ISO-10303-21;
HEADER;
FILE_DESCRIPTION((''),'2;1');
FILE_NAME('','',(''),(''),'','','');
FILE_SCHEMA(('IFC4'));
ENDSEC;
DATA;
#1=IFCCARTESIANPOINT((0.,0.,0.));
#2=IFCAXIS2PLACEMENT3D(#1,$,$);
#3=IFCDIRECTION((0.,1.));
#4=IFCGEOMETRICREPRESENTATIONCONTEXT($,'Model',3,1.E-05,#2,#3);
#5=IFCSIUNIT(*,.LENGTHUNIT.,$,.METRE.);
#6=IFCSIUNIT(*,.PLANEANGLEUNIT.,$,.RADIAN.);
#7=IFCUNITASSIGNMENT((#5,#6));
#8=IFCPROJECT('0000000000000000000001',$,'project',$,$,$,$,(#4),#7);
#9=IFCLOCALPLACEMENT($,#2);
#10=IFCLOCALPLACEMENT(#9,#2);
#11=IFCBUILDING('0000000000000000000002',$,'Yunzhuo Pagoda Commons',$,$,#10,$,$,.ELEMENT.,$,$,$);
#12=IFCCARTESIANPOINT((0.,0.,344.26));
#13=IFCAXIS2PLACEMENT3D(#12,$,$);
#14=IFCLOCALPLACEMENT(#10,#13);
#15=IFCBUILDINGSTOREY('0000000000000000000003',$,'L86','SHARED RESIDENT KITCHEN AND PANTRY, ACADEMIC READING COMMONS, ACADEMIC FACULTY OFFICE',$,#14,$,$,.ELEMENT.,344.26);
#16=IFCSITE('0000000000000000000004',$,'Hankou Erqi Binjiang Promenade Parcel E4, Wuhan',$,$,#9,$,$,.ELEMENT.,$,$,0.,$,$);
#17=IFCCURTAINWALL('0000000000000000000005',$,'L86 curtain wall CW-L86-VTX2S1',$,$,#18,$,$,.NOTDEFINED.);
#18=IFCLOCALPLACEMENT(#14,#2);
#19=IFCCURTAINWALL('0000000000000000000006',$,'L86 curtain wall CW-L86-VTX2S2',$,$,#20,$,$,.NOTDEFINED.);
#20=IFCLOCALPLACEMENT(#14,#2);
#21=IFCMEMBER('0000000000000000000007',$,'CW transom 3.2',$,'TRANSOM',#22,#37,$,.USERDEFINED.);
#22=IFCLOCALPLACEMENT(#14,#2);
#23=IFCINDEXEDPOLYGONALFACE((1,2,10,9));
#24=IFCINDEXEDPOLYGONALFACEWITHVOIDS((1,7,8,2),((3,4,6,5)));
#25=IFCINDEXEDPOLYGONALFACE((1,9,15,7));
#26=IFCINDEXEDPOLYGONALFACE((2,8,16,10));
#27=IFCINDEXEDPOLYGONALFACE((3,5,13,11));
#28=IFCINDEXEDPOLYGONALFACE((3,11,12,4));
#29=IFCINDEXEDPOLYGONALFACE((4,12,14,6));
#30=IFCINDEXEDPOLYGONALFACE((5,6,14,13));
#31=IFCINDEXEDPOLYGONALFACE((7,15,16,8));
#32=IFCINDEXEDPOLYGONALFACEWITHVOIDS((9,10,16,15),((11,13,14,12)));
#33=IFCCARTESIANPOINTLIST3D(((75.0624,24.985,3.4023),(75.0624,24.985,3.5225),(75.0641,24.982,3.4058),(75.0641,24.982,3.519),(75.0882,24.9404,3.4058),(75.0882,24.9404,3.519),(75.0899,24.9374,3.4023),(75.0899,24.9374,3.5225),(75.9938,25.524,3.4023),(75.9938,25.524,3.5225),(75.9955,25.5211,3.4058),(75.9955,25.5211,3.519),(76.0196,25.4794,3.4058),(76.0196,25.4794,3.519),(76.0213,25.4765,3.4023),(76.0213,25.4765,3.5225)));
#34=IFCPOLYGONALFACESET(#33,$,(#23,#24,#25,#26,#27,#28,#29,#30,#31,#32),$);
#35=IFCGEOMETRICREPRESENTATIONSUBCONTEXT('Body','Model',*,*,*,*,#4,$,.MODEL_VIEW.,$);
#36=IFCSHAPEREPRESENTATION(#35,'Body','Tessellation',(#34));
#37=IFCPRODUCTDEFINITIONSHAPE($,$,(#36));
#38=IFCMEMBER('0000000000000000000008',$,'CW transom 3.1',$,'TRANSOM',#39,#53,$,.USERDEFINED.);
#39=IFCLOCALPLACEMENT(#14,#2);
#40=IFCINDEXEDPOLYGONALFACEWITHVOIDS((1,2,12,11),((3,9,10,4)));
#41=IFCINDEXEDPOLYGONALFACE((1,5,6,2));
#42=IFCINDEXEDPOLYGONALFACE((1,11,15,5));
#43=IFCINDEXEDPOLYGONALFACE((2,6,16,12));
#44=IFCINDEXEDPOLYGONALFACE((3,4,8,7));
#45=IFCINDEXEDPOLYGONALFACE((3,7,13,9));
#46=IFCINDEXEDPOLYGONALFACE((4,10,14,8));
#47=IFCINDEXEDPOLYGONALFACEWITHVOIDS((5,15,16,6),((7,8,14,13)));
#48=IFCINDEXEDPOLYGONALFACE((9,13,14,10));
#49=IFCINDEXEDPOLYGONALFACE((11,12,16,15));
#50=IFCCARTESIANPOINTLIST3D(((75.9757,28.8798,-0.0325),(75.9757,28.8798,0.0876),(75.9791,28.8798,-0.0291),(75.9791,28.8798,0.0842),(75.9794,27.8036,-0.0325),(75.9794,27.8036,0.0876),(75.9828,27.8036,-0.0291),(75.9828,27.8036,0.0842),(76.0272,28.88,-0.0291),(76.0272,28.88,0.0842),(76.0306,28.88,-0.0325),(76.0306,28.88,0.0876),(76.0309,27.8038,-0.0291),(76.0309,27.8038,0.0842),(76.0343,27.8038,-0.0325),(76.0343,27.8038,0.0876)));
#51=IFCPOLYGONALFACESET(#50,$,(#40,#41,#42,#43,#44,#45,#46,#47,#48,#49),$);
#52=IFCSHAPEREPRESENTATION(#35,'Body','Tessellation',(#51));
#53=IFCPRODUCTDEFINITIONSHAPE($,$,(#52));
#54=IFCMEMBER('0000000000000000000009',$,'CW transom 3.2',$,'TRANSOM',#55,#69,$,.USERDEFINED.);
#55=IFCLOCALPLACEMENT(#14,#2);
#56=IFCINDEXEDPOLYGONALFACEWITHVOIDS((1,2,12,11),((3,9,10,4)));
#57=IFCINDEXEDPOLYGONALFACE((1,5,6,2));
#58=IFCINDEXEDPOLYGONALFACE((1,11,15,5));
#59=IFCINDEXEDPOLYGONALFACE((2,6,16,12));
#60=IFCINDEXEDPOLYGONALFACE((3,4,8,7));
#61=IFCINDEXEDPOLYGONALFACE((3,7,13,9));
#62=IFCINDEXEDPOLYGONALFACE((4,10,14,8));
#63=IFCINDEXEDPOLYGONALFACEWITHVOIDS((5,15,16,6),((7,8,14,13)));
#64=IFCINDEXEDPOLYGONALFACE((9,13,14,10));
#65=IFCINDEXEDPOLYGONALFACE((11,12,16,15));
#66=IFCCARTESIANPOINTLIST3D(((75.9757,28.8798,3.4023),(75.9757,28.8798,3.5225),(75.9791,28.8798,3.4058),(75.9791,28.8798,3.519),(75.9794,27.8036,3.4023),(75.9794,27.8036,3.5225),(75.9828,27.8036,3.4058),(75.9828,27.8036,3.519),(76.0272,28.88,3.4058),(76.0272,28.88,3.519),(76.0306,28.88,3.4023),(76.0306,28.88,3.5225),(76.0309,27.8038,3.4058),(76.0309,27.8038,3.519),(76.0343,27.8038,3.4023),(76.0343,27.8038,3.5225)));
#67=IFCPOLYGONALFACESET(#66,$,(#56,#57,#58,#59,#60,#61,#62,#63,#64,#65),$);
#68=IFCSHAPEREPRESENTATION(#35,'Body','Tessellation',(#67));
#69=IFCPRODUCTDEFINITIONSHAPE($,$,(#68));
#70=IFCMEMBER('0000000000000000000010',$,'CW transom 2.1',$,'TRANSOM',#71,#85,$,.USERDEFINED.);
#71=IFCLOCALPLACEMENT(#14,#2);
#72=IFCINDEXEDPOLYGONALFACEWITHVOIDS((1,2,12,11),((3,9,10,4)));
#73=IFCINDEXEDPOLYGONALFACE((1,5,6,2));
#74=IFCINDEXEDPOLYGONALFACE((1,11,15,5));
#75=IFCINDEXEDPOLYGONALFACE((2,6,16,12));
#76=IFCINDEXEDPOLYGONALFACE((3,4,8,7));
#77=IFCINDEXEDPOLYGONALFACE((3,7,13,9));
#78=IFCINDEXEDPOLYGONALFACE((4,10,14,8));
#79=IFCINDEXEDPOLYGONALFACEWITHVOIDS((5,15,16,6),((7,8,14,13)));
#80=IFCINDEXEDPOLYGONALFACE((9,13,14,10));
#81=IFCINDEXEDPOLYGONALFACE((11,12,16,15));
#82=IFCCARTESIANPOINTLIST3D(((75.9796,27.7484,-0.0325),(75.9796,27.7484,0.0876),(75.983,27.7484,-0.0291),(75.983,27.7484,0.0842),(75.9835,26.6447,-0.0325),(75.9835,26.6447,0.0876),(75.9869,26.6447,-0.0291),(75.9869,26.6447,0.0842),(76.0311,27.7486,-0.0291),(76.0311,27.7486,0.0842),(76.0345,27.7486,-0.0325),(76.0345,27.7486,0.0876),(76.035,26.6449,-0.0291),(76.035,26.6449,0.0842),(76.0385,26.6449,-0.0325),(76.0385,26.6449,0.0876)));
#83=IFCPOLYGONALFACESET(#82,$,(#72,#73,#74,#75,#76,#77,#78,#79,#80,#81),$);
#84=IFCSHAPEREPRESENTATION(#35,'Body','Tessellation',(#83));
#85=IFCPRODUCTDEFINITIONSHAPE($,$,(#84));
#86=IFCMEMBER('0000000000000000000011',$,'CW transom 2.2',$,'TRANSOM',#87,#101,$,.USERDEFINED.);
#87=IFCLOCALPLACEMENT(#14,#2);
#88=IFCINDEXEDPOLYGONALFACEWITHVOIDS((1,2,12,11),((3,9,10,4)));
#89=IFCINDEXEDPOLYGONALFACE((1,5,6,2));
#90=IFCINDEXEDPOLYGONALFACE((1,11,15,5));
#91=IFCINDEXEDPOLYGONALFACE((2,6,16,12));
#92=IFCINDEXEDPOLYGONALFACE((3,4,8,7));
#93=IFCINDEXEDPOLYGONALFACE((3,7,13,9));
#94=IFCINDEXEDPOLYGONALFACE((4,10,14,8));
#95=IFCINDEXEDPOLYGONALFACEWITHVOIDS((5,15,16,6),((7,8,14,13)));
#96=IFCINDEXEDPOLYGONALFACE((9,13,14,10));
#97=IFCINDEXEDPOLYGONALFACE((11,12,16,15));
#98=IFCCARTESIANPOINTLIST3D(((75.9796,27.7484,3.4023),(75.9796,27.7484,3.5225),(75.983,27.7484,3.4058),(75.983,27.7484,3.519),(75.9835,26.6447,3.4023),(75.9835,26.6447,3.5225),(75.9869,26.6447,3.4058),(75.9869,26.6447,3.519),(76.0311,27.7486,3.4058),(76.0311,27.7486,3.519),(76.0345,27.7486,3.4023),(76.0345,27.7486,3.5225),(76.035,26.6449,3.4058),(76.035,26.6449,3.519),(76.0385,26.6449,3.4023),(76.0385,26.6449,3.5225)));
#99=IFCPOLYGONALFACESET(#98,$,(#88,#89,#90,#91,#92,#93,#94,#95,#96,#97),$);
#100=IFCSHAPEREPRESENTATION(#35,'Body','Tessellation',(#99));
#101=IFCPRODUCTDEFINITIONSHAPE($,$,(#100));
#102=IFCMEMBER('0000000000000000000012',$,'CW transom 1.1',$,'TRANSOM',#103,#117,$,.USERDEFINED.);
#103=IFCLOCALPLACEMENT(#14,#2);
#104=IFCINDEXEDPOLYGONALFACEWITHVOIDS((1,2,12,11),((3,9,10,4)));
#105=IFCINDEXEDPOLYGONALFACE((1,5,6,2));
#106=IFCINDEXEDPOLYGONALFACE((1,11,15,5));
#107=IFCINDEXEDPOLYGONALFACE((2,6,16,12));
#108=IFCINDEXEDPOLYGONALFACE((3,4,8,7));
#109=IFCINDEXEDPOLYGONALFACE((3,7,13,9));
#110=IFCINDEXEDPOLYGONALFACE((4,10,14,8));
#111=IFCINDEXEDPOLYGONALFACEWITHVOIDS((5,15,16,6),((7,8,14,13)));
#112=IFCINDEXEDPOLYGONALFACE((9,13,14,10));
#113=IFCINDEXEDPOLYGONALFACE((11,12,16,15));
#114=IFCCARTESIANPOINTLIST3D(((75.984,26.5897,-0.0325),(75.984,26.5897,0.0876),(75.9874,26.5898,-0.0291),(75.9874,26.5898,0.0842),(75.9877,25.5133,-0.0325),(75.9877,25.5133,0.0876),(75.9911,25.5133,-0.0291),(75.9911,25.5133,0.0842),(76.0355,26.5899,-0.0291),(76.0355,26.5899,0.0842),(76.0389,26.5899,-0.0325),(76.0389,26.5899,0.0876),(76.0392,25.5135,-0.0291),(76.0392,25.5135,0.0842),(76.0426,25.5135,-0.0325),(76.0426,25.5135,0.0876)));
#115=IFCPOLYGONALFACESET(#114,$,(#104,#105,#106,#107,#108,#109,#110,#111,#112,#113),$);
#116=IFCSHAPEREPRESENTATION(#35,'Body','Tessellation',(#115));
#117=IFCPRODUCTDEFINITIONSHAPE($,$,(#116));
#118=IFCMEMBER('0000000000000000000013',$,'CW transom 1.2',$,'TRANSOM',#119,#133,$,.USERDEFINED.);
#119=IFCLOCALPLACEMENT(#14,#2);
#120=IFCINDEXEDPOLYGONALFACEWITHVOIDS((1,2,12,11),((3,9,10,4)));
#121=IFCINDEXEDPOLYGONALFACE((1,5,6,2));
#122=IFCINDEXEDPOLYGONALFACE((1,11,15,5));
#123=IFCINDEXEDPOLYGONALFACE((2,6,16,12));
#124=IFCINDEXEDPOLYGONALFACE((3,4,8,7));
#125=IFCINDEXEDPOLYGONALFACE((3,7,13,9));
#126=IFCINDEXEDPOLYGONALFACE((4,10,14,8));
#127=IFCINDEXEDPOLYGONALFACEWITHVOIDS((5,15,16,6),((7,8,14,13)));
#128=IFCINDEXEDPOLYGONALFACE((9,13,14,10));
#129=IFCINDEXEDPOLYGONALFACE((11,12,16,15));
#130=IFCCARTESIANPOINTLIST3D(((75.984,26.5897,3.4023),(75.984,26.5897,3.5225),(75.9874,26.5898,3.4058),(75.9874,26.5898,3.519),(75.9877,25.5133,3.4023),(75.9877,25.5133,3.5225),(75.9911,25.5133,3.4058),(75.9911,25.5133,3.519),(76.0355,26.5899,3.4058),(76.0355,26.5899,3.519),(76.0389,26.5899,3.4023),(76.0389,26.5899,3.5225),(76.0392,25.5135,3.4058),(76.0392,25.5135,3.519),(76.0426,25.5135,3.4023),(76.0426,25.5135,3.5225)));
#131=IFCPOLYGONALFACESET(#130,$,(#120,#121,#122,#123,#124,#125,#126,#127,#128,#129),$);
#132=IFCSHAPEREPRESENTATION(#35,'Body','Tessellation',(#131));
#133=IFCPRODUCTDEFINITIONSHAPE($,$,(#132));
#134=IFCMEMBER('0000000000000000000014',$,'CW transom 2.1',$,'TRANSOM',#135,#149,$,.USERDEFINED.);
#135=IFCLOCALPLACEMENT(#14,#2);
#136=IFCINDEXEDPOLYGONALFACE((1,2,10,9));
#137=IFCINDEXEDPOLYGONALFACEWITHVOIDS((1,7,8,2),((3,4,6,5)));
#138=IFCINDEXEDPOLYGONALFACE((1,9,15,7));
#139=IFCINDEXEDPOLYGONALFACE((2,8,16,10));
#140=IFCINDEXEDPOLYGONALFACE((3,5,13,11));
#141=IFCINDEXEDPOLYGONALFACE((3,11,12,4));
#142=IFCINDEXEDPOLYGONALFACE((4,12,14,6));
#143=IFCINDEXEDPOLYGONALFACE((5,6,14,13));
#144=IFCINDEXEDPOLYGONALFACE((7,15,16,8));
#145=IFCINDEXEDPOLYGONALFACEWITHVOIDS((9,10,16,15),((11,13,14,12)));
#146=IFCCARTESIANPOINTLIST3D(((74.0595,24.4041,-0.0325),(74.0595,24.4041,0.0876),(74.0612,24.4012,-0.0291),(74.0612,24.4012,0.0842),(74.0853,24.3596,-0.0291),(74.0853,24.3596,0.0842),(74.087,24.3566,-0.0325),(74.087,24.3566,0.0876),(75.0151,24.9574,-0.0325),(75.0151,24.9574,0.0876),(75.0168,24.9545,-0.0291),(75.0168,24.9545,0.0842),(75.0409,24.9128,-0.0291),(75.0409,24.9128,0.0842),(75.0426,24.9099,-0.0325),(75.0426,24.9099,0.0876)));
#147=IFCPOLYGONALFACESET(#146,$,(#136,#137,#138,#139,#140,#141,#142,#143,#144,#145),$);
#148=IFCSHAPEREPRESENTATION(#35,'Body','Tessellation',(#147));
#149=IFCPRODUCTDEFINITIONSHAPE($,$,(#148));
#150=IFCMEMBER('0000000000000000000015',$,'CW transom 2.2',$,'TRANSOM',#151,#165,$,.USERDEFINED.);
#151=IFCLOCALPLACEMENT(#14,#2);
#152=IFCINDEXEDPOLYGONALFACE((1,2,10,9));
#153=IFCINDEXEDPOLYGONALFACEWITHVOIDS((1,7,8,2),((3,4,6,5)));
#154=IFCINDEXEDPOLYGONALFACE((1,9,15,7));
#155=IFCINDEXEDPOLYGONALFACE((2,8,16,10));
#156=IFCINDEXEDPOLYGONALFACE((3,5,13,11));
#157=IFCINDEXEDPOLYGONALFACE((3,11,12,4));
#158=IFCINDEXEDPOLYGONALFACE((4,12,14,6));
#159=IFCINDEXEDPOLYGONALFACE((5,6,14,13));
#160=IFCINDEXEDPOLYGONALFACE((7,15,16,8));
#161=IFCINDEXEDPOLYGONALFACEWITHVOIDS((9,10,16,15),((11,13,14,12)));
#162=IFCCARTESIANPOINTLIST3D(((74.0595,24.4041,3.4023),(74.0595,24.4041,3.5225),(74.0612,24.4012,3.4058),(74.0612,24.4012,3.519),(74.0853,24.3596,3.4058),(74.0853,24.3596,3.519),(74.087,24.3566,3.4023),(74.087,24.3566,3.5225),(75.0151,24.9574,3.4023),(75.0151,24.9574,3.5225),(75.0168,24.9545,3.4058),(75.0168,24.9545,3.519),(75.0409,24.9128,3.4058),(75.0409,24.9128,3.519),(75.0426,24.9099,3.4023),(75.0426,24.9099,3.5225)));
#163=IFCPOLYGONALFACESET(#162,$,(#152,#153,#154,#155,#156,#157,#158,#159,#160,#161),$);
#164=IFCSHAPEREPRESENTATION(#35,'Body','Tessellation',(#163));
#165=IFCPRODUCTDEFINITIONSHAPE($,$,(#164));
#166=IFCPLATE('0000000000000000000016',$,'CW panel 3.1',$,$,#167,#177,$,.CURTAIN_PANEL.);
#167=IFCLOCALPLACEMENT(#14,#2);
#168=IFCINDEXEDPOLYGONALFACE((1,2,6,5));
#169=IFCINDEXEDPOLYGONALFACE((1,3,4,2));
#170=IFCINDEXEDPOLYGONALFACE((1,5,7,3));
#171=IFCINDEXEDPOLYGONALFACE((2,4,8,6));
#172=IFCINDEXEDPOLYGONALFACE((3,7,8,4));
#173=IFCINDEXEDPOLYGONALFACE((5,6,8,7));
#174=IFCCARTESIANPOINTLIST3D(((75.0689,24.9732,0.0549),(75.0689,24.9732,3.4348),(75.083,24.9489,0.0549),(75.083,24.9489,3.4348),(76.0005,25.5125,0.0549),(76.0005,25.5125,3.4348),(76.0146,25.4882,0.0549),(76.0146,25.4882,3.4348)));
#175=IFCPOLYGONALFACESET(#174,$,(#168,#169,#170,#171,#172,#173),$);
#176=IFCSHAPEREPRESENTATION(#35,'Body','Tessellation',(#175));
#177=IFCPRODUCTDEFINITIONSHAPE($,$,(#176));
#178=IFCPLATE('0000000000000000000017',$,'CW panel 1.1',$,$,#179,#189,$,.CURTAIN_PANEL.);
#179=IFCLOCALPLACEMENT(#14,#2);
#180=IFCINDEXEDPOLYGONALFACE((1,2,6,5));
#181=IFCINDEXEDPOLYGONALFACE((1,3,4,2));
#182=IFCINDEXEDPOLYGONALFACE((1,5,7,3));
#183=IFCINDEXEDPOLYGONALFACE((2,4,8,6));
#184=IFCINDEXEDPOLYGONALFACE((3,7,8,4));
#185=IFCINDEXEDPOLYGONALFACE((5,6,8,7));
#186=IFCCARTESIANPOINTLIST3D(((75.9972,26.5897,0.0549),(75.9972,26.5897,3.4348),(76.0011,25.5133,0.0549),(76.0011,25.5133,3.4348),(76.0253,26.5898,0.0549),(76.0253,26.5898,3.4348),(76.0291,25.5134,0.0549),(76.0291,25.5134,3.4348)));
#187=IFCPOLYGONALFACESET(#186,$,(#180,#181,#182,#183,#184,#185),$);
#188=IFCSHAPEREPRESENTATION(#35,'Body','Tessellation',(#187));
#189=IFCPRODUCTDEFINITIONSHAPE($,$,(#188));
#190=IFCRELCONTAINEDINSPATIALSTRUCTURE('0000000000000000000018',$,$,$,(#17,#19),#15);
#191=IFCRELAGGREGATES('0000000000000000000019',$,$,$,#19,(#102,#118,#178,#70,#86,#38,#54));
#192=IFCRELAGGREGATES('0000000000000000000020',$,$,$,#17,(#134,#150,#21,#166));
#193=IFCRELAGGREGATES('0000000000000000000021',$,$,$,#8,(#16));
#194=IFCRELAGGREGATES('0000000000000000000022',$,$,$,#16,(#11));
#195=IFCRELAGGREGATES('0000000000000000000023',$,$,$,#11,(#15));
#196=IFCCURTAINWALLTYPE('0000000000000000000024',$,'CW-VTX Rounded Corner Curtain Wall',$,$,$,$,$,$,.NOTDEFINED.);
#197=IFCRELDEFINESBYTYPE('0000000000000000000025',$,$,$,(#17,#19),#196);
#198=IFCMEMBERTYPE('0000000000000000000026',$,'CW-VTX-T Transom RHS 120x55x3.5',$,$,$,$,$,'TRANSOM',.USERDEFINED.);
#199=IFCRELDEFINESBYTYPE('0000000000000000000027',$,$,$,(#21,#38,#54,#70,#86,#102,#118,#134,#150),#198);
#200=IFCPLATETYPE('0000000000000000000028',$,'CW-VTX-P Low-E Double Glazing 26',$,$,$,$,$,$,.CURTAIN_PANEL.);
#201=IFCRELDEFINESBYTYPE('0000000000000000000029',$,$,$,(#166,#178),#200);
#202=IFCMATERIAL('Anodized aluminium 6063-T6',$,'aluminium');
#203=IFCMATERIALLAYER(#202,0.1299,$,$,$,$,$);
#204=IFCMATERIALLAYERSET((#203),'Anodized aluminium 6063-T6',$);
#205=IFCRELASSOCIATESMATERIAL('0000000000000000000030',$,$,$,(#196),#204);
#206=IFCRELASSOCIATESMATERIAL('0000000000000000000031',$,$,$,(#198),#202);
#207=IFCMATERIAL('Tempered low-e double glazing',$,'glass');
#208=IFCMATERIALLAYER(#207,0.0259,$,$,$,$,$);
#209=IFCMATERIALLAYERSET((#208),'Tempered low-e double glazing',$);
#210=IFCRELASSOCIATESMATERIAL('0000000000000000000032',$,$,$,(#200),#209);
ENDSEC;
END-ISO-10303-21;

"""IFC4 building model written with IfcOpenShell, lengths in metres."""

from ifc_helpers import new_model, si_unit, direction, frame, origin, origin_2d, place, context, subcontext, project, spatial, rectangle, hollow_rectangle, extrude, source, transform, mapped, material, layer, layer_set, material_profile, profile_set, type_object, element, aggregate, save


model = new_model("IFC4")

# Units and contexts
model_context = context("Model", 3, precision=1e-05, world=origin(), true_north=direction((0.0, 1.0)))
body_context = subcontext(model_context, "Body", "Model", "MODEL_VIEW")
ifc_project = project(units=[si_unit("LENGTHUNIT", "METRE"), si_unit("PLANEANGLEUNIT", "RADIAN")], contexts=[model_context])

# Site, building, storey
site_placement = place(None, origin())
site = spatial("IfcSite", under=ifc_project, at=site_placement, Name="Hankou Erqi Binjiang Promenade Parcel E4, Wuhan", CompositionType="ELEMENT", RefElevation=0.0)
building_placement = place(site_placement, origin())
building = spatial("IfcBuilding", under=site, at=building_placement, Name="Yunzhuo Pagoda Commons", CompositionType="ELEMENT")
storey_placement = place(building_placement, frame((0.0, 0.0, 344.26)))
storey = spatial("IfcBuildingStorey", under=building, at=storey_placement, Name="L86", Description="SHARED RESIDENT KITCHEN AND PANTRY, ACADEMIC READING COMMONS, ACADEMIC FACULTY OFFICE", CompositionType="ELEMENT", Elevation=344.26)

# Shared definitions
ifc_material_1 = material(Name="Anodized aluminium 6063-T6", Category="aluminium")

# Curtain wall
ifc_layer_1 = layer(ifc_material_1, 0.1299)
ifc_layer_set_1 = layer_set([ifc_layer_1], Name="Anodized aluminium 6063-T6")
curtain_wall_type_1 = type_object("IfcCurtainWallType", Name="CW-VTX Rounded Corner Curtain Wall", PredefinedType="NOTDEFINED", material=ifc_layer_set_1)
curtain_wall_1_placement = place(storey_placement, origin())
curtain_wall_1 = element("IfcCurtainWall", 1, at=curtain_wall_1_placement, inside=storey, type_object=curtain_wall_type_1, Name="L86 curtain wall CW-L86-VTX2S1", PredefinedType="NOTDEFINED")

# Curtain wall
curtain_wall_2_placement = place(storey_placement, origin())
curtain_wall_2 = element("IfcCurtainWall", 2, at=curtain_wall_2_placement, inside=storey, type_object=curtain_wall_type_1, Name="L86 curtain wall CW-L86-VTX2S2", PredefinedType="NOTDEFINED")

# Members
ifc_material_profile_1 = material_profile(ifc_material_1, hollow_rectangle(XDim=0.0549, YDim=0.1201, WallThickness=0.0034, at=origin_2d()), Name="Anodized aluminium 6063-T6")
ifc_profile_set_1 = profile_set([ifc_material_profile_1], Name="Anodized aluminium 6063-T6")
member_type_1 = type_object("IfcMemberType", Name="CW-VTX-T Transom RHS 120x55x3.5", ElementType="TRANSOM", PredefinedType="USERDEFINED", material=ifc_profile_set_1)
shared_shape_1 = source(origin(), body_context, "Body", "SweptSolid", [
    extrude(hollow_rectangle(XDim=0.0549, YDim=0.1201, WallThickness=0.0034, at=origin_2d()), origin(), (0.0, 0.0, 1.0), 1.0762),
])
member_1_placement = place(storey_placement, frame((75.0762, 24.9612, 3.4624), z_axis=(0.865494, 0.50092, 0.0), x_axis=(-0.50092, 0.865494, 0.0)))
member_1 = element("IfcMember", 3, at=member_1_placement, type_object=member_type_1, Name="CW transom 3.2", ObjectType="TRANSOM", PredefinedType="USERDEFINED", context=body_context, shape_type="MappedRepresentation", body=[
    mapped(shared_shape_1, transform((0.0, 0.0, 0.0), scale=1.0)),
])
member_2_placement = place(storey_placement, frame((76.0068, 27.8037, 0.0276), z_axis=(-0.003403, 0.999994, 0.0), x_axis=(-0.999994, -0.003403, 0.0)))
member_2 = element("IfcMember", 4, at=member_2_placement, type_object=member_type_1, Name="CW transom 3.1", ObjectType="TRANSOM", PredefinedType="USERDEFINED", context=body_context, shape_type="MappedRepresentation", body=[
    mapped(shared_shape_1, transform((0.0, 0.0, 0.0), scale=1.0)),
])
member_3_placement = place(storey_placement, frame((76.0068, 27.8037, 3.4624), z_axis=(-0.003403, 0.999994, 0.0), x_axis=(-0.999994, -0.003403, 0.0)))
member_3 = element("IfcMember", 5, at=member_3_placement, type_object=member_type_1, Name="CW transom 3.2", ObjectType="TRANSOM", PredefinedType="USERDEFINED", context=body_context, shape_type="MappedRepresentation", body=[
    mapped(shared_shape_1, transform((0.0, 0.0, 0.0), scale=1.0)),
])
shared_shape_2 = source(origin(), body_context, "Body", "SweptSolid", [
    extrude(hollow_rectangle(XDim=0.0549, YDim=0.1201, WallThickness=0.0034, at=origin_2d()), origin(), (0.0, 0.0, 1.0), 1.1038),
])
member_4_placement = place(storey_placement, frame((76.011, 26.6448, 0.0276), z_axis=(-0.003539, 0.999994, 0.0), x_axis=(-0.999994, -0.003539, 0.0)))
member_4 = element("IfcMember", 6, at=member_4_placement, type_object=member_type_1, Name="CW transom 2.1", ObjectType="TRANSOM", PredefinedType="USERDEFINED", context=body_context, shape_type="MappedRepresentation", body=[
    mapped(shared_shape_2, transform((0.0, 0.0, 0.0), scale=1.0)),
])
member_5_placement = place(storey_placement, frame((76.011, 26.6448, 3.4624), z_axis=(-0.003539, 0.999994, 0.0), x_axis=(-0.999994, -0.003539, 0.0)))
member_5 = element("IfcMember", 7, at=member_5_placement, type_object=member_type_1, Name="CW transom 2.2", ObjectType="TRANSOM", PredefinedType="USERDEFINED", context=body_context, shape_type="MappedRepresentation", body=[
    mapped(shared_shape_2, transform((0.0, 0.0, 0.0), scale=1.0)),
])
shared_shape_3 = source(origin(), body_context, "Body", "SweptSolid", [
    extrude(hollow_rectangle(XDim=0.0549, YDim=0.1201, WallThickness=0.0034, at=origin_2d()), origin(), (0.0, 0.0, 1.0), 1.0764),
])
member_6_placement = place(storey_placement, frame((76.0151, 25.5134, 0.0276), z_axis=(-0.003402, 0.999994, 0.0), x_axis=(-0.999994, -0.003402, 0.0)))
member_6 = element("IfcMember", 8, at=member_6_placement, type_object=member_type_1, Name="CW transom 1.1", ObjectType="TRANSOM", PredefinedType="USERDEFINED", context=body_context, shape_type="MappedRepresentation", body=[
    mapped(shared_shape_3, transform((0.0, 0.0, 0.0), scale=1.0)),
])
member_7_placement = place(storey_placement, frame((76.0151, 25.5134, 3.4624), z_axis=(-0.003402, 0.999994, 0.0), x_axis=(-0.999994, -0.003402, 0.0)))
member_7 = element("IfcMember", 9, at=member_7_placement, type_object=member_type_1, Name="CW transom 1.2", ObjectType="TRANSOM", PredefinedType="USERDEFINED", context=body_context, shape_type="MappedRepresentation", body=[
    mapped(shared_shape_3, transform((0.0, 0.0, 0.0), scale=1.0)),
])
shared_shape_4 = source(origin(), body_context, "Body", "SweptSolid", [
    extrude(hollow_rectangle(XDim=0.0549, YDim=0.1201, WallThickness=0.0034, at=origin_2d()), origin(), (0.0, 0.0, 1.0), 1.1042),
])
member_8_placement = place(storey_placement, frame((74.0732, 24.3804, 0.0276), z_axis=(0.865426, 0.501036, 0.0), x_axis=(-0.501036, 0.865426, 0.0)))
member_8 = element("IfcMember", 10, at=member_8_placement, type_object=member_type_1, Name="CW transom 2.1", ObjectType="TRANSOM", PredefinedType="USERDEFINED", context=body_context, shape_type="MappedRepresentation", body=[
    mapped(shared_shape_4, transform((0.0, 0.0, 0.0), scale=1.0)),
])
member_9_placement = place(storey_placement, frame((74.0732, 24.3804, 3.4624), z_axis=(0.865426, 0.501036, 0.0), x_axis=(-0.501036, 0.865426, 0.0)))
member_9 = element("IfcMember", 11, at=member_9_placement, type_object=member_type_1, Name="CW transom 2.2", ObjectType="TRANSOM", PredefinedType="USERDEFINED", context=body_context, shape_type="MappedRepresentation", body=[
    mapped(shared_shape_4, transform((0.0, 0.0, 0.0), scale=1.0)),
])

# Plates
ifc_material_2 = material(Name="Tempered low-e double glazing", Category="glass")
ifc_layer_2 = layer(ifc_material_2, 0.0259)
ifc_layer_set_2 = layer_set([ifc_layer_2], Name="Tempered low-e double glazing")
plate_type = type_object("IfcPlateType", Name="CW-VTX-P Low-E Double Glazing 26", PredefinedType="CURTAIN_PANEL", material=ifc_layer_set_2)
shared_shape_5 = source(origin(), body_context, "Body", "SweptSolid", [
    extrude(rectangle(XDim=1.0764, YDim=0.0281, at=origin_2d()), origin(), (0.0, 0.0, 1.0), 3.3799),
])
plate_1_placement = place(storey_placement, frame((75.5417, 25.2307, 0.0549), z_axis=(0.0, 0.0, 1.0), x_axis=(0.865431, 0.501028, 0.0)))
plate_1 = element("IfcPlate", 12, at=plate_1_placement, type_object=plate_type, Name="CW panel 3.1", PredefinedType="CURTAIN_PANEL", context=body_context, shape_type="MappedRepresentation", body=[
    mapped(shared_shape_5, transform((0.0, 0.0, 0.0), scale=1.0)),
])
plate_2_placement = place(storey_placement, frame((76.0132, 26.0515, 0.0549), z_axis=(0.0, 0.0, 1.0), x_axis=(-0.003567, 0.999994, 0.0)))
plate_2 = element("IfcPlate", 13, at=plate_2_placement, type_object=plate_type, Name="CW panel 1.1", PredefinedType="CURTAIN_PANEL", context=body_context, shape_type="MappedRepresentation", body=[
    mapped(shared_shape_5, transform((0.0, 0.0, 0.0), scale=1.0)),
])
aggregate(curtain_wall_2, [member_6, member_7, plate_2, member_4, member_5, member_2, member_3])
aggregate(curtain_wall_1, [member_8, member_9, member_1, plate_1])

save(model, "model.ifc")
